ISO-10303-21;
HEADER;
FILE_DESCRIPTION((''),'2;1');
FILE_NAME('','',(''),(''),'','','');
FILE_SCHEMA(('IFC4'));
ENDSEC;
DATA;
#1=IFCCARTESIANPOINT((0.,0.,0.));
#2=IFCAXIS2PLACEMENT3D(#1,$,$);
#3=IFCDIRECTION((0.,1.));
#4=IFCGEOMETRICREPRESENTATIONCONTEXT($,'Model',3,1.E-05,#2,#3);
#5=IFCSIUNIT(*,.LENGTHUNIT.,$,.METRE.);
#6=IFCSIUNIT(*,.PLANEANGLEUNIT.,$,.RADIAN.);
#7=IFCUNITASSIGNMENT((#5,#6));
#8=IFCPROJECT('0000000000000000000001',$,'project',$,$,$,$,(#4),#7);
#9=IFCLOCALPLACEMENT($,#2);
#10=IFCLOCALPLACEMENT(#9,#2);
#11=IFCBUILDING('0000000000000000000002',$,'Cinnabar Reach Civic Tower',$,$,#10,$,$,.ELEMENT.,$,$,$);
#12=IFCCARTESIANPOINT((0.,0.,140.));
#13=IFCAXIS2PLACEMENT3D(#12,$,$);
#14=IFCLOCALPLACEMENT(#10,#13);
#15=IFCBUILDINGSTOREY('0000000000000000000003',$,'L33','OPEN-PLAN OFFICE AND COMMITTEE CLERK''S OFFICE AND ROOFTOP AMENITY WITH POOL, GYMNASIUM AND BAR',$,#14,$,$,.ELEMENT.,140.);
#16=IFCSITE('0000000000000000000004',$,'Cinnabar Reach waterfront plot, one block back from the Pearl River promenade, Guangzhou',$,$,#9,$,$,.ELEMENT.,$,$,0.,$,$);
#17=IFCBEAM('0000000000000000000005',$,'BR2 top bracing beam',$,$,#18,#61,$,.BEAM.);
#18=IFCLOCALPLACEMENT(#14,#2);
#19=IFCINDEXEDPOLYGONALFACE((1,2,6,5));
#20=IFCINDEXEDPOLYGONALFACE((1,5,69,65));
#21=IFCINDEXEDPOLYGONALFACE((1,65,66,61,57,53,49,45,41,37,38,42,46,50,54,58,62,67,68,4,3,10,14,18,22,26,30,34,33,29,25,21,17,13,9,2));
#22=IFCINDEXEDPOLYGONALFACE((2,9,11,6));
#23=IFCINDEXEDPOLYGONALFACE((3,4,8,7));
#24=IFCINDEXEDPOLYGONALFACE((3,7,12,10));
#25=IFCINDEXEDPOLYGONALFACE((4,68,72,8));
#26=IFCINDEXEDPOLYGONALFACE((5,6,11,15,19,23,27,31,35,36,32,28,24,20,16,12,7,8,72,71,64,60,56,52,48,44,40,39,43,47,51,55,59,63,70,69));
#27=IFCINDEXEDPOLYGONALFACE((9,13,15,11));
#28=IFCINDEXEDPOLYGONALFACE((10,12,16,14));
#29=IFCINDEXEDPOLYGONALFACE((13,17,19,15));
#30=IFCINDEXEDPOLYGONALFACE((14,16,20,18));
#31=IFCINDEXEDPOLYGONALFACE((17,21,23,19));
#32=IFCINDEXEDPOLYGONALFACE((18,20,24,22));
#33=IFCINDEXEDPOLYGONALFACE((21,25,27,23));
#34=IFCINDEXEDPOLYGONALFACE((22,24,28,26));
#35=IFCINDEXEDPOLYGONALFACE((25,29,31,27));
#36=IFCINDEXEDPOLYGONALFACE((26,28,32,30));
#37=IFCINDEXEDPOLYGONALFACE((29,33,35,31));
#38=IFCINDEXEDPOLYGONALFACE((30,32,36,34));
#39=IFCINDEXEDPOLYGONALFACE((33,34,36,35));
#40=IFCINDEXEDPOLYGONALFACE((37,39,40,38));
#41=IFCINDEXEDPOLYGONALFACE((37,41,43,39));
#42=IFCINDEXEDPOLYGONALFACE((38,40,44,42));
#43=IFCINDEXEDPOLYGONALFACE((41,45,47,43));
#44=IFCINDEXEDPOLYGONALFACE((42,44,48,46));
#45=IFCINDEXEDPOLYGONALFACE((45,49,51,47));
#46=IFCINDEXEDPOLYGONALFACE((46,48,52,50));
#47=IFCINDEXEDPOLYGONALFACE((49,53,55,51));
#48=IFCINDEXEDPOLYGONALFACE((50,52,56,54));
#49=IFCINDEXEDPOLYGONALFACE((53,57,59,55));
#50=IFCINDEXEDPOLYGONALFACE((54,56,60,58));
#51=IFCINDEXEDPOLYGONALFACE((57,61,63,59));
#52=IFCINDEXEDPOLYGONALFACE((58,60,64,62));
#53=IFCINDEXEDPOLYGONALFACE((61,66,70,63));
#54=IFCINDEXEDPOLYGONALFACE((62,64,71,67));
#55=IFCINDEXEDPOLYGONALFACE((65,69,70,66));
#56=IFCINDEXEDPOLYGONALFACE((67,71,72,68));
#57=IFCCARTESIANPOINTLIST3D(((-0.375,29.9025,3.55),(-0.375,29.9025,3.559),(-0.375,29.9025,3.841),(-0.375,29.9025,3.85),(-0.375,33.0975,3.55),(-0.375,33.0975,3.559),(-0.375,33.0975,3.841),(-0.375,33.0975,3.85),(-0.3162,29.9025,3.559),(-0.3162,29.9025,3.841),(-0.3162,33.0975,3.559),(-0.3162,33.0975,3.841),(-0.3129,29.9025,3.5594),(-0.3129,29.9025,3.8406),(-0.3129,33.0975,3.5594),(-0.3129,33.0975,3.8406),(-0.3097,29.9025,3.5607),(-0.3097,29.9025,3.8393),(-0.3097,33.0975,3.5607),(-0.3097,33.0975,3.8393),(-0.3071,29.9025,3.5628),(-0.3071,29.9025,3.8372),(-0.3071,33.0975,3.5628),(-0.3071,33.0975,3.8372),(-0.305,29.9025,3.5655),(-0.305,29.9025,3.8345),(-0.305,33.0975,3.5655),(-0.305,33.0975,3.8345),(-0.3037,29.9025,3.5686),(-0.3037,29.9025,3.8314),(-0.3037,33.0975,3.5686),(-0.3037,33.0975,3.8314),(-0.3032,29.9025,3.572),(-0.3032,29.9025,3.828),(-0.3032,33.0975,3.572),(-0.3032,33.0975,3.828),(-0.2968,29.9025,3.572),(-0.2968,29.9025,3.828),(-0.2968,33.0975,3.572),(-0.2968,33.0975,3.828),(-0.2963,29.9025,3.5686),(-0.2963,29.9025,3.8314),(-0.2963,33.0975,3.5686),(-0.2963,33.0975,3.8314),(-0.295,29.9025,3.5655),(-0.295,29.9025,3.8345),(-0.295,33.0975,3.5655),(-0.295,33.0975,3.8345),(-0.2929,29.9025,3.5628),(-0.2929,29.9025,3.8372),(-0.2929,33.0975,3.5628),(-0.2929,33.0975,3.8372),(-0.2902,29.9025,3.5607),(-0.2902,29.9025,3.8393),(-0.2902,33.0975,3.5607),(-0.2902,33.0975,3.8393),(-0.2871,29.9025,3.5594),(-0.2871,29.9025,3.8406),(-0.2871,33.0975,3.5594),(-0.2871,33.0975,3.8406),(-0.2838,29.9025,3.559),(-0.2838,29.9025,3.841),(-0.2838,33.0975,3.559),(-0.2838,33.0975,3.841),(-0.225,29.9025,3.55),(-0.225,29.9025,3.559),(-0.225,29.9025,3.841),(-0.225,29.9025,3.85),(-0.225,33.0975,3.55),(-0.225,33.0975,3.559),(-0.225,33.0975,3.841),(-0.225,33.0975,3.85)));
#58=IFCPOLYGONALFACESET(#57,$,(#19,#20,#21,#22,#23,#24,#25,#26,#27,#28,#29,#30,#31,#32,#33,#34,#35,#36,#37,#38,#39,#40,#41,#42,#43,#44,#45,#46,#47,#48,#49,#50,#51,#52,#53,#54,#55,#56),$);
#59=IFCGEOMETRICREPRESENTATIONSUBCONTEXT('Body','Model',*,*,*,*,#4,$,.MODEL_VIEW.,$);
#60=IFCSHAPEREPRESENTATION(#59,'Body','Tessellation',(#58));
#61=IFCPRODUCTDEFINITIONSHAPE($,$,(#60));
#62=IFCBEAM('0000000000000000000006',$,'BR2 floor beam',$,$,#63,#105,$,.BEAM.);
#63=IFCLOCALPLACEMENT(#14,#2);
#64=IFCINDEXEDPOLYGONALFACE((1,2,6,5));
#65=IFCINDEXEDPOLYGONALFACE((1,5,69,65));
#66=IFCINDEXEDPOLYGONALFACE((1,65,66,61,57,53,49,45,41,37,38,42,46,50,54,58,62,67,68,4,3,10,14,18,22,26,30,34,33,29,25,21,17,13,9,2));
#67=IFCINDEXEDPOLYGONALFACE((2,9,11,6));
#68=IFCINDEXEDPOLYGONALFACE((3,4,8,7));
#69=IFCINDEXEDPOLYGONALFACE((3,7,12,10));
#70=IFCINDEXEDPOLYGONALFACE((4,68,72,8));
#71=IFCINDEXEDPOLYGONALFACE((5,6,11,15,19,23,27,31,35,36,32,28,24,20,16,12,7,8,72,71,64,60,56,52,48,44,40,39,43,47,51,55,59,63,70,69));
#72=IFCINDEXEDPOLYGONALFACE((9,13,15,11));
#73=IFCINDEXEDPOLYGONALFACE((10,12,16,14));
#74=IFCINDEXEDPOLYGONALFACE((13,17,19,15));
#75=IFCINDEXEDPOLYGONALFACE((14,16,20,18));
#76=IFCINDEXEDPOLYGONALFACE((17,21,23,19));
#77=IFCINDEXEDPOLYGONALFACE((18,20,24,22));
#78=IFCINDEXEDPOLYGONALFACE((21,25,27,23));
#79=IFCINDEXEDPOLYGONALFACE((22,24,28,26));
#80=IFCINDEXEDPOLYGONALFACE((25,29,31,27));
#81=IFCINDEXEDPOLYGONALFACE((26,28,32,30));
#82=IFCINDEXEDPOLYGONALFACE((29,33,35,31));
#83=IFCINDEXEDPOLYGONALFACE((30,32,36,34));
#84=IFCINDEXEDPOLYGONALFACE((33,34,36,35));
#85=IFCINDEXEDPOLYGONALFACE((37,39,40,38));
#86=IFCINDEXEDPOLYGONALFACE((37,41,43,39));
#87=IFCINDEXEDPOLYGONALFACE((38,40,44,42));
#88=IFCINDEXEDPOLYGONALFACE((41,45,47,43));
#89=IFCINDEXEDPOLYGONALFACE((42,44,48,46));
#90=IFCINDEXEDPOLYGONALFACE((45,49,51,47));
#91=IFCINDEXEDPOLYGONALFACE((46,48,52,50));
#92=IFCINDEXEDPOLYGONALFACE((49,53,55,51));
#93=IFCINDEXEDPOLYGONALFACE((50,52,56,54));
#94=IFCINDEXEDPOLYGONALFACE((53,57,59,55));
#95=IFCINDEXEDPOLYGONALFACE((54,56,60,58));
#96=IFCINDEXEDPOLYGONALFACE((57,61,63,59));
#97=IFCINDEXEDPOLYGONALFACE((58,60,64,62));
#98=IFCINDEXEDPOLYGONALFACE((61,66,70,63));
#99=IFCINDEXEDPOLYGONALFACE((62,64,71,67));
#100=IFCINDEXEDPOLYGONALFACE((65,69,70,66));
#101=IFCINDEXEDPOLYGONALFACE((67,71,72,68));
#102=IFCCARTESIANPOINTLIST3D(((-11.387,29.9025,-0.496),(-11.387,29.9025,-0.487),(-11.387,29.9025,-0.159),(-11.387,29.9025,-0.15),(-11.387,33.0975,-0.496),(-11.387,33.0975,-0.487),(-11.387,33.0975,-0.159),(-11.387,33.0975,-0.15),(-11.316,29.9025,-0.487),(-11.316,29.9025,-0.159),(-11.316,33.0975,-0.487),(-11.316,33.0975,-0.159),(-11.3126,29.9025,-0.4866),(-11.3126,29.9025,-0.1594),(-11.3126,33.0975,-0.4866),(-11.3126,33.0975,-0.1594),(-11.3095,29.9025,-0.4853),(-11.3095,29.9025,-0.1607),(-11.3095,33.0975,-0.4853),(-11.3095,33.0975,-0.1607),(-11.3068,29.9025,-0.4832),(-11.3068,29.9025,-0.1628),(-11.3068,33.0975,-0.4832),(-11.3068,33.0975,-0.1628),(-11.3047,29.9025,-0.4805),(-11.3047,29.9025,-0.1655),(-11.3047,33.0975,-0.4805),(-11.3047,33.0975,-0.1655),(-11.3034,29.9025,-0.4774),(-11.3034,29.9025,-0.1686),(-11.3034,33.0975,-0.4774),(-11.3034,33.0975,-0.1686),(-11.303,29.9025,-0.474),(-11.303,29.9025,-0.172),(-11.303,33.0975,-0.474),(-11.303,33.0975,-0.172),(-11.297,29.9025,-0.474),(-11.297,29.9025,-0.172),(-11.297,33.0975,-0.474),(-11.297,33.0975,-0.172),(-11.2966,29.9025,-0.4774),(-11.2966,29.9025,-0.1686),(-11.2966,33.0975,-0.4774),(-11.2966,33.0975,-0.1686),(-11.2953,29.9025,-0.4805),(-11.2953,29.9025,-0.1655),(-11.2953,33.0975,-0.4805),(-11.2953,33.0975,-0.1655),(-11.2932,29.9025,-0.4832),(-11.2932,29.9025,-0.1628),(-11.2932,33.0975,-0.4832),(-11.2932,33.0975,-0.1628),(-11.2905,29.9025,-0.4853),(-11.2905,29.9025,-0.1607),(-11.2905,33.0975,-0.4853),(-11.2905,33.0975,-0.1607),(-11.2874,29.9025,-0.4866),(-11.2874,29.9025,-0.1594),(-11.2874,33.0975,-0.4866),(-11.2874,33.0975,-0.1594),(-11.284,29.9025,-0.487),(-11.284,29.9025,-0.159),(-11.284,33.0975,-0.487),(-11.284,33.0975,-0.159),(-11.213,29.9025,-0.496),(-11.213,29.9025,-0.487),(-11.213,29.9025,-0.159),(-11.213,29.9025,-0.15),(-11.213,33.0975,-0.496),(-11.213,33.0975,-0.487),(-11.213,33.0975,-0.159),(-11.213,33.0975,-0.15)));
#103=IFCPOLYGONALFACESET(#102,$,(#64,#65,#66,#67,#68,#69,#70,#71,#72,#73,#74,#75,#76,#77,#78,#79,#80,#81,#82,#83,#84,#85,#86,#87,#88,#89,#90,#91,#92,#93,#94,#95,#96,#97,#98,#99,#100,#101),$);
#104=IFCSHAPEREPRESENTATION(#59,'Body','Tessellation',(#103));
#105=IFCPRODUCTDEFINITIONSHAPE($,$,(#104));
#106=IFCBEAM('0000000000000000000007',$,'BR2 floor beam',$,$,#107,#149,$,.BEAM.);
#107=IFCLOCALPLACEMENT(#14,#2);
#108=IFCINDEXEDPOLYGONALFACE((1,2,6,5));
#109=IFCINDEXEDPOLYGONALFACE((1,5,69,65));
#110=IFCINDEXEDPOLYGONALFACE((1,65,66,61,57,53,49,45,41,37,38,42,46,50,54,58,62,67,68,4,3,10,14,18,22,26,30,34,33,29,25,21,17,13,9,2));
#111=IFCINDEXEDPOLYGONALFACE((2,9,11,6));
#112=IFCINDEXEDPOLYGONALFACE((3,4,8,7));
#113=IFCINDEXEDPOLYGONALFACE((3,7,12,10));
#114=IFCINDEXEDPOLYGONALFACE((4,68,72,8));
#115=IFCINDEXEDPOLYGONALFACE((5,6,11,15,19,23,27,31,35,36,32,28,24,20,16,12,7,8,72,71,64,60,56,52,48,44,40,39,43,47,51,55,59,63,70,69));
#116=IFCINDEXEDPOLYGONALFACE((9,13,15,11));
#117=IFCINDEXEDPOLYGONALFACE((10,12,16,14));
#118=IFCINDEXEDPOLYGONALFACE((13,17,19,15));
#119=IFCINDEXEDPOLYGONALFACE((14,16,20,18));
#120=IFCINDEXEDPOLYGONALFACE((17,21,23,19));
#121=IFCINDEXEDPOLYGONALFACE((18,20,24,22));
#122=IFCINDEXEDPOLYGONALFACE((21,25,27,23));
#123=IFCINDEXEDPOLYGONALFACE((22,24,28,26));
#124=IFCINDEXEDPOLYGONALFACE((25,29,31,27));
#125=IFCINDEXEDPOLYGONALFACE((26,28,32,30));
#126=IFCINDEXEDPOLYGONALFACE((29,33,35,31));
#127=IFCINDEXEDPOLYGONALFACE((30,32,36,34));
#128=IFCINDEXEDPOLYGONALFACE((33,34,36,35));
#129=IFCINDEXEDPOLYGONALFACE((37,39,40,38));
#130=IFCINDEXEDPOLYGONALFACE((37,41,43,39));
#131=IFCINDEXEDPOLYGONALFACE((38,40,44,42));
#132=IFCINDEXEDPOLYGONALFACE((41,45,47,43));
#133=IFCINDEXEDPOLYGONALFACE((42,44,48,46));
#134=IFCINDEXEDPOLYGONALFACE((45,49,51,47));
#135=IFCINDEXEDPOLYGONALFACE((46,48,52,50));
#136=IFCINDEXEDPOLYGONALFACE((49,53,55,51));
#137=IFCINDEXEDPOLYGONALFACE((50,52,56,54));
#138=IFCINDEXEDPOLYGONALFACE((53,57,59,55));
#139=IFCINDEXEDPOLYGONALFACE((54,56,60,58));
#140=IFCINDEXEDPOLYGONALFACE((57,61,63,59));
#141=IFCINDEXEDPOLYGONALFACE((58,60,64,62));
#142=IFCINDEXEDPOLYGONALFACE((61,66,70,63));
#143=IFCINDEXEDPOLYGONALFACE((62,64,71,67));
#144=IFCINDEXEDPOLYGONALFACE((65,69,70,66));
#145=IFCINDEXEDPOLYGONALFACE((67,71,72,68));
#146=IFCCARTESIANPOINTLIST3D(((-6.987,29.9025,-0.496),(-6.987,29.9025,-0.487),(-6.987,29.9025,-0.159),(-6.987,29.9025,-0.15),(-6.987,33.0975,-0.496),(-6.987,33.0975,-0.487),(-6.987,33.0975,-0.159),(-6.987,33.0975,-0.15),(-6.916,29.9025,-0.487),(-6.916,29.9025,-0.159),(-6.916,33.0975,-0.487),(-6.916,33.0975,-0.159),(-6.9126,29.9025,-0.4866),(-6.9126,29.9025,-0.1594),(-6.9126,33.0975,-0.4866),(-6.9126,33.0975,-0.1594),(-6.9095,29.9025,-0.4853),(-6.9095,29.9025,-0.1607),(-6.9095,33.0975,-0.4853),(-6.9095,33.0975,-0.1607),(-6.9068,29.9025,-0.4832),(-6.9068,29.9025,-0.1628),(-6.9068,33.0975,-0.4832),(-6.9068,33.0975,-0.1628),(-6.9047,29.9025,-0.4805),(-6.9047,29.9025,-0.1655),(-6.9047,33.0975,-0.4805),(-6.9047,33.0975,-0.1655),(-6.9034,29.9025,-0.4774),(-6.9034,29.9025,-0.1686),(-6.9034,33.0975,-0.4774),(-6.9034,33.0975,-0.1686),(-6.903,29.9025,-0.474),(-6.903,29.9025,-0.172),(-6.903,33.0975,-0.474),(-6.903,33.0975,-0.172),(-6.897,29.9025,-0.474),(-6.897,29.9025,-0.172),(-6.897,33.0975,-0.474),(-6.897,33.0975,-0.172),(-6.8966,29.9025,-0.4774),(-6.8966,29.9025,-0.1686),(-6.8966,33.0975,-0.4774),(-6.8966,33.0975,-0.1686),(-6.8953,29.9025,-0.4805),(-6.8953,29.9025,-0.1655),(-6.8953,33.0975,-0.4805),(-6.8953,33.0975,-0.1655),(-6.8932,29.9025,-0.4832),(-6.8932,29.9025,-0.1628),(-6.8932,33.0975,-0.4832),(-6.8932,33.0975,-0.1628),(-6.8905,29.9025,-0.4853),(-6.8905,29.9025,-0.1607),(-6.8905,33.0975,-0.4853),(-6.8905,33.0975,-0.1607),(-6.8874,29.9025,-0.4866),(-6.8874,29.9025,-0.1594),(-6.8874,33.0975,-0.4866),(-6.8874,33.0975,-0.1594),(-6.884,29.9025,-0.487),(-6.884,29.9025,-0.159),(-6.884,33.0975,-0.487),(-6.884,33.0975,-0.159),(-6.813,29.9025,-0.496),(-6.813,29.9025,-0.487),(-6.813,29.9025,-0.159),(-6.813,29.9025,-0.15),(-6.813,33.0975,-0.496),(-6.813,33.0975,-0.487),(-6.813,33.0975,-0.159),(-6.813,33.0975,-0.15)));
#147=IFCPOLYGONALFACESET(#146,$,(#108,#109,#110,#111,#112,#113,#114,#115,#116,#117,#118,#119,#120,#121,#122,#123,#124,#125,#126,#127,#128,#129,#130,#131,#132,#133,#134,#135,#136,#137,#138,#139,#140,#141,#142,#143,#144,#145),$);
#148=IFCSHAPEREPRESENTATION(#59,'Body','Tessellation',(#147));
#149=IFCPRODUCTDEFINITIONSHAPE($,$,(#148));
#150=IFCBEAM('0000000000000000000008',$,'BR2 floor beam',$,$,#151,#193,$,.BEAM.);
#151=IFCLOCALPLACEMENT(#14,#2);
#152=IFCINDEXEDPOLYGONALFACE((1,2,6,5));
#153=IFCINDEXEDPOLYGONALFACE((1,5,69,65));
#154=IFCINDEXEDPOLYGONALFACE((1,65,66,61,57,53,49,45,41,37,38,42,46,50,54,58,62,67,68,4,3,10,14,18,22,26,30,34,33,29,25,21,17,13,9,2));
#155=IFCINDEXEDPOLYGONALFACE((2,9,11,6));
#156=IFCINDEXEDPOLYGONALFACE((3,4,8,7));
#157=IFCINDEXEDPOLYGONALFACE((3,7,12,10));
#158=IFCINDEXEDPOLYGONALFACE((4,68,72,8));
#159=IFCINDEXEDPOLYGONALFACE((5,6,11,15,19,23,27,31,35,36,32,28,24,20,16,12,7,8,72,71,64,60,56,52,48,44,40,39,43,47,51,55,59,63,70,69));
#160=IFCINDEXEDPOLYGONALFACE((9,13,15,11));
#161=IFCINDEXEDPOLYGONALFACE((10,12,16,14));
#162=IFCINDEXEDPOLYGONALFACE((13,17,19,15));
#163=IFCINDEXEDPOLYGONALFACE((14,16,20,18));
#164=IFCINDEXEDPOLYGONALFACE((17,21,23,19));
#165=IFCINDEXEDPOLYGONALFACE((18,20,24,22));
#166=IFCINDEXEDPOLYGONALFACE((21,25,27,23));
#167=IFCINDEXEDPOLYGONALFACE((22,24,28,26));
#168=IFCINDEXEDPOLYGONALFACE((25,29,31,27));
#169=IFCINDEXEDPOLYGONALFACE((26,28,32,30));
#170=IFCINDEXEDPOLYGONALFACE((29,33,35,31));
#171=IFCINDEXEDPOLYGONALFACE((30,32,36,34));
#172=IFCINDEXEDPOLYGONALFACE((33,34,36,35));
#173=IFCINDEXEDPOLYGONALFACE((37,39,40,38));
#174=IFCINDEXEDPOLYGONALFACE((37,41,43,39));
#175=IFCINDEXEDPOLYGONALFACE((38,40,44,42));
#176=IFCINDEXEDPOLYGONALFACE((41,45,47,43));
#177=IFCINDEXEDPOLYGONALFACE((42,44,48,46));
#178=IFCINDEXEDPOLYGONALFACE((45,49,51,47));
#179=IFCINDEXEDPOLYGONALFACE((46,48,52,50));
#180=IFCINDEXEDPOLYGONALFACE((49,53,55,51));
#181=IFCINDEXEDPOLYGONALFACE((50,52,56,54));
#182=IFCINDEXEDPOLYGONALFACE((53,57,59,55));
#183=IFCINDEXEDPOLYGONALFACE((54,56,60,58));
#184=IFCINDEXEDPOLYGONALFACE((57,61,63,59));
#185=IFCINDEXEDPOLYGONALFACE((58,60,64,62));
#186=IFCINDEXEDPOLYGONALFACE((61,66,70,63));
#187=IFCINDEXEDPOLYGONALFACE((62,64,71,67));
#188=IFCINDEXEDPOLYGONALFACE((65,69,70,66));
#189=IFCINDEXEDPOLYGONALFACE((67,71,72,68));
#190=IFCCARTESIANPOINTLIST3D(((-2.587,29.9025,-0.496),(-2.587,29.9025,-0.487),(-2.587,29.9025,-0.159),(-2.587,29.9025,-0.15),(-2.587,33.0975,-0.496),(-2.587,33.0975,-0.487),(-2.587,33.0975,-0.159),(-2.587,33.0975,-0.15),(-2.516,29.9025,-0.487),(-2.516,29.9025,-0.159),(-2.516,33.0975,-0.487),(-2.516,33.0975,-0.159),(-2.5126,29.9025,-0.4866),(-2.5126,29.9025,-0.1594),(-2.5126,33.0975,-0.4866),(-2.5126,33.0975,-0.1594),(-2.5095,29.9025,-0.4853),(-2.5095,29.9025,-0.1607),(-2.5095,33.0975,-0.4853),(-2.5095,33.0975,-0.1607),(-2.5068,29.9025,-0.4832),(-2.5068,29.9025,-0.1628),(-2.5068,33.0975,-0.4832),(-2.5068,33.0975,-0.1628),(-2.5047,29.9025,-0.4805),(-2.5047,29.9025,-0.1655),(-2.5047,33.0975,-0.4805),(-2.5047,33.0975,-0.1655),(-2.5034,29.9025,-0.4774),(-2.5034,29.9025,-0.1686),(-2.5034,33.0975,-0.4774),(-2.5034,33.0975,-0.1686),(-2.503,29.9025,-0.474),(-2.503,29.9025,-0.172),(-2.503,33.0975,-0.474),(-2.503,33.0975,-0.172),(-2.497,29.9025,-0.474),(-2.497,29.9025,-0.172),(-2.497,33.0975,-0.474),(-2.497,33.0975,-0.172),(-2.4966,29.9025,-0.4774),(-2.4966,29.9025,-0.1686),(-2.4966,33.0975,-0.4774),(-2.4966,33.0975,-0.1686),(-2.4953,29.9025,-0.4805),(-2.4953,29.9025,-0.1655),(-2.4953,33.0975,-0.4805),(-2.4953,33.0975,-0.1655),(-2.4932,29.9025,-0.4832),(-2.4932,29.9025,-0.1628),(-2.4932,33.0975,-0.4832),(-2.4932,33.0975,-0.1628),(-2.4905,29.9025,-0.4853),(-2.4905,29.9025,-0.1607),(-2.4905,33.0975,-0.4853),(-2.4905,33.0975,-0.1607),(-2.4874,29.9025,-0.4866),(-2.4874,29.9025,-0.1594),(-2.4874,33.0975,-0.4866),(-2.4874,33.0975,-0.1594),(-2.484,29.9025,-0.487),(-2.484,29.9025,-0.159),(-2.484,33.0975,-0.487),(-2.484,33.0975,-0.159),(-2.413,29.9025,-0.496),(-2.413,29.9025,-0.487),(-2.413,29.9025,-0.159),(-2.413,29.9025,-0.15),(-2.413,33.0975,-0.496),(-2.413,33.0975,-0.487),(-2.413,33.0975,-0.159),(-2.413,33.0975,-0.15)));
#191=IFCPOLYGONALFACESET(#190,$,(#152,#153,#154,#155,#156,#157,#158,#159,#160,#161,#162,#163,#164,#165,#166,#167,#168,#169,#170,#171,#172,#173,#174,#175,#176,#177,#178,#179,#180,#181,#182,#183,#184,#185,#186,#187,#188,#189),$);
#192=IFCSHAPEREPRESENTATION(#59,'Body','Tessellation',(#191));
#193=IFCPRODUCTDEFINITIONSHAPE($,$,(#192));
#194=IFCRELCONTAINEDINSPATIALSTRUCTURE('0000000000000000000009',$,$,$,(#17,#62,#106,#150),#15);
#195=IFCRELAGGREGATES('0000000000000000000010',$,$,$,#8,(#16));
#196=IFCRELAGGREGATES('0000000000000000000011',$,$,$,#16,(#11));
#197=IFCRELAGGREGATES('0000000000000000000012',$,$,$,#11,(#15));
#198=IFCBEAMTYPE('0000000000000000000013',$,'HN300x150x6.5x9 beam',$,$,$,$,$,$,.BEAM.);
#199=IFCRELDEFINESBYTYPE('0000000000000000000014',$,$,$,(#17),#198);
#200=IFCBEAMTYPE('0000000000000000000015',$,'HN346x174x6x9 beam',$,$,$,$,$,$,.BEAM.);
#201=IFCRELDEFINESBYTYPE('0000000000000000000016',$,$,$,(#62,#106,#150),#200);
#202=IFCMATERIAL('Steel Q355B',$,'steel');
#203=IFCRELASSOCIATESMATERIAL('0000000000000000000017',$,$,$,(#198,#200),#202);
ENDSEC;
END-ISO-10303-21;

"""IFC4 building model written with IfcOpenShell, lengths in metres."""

from ifc_helpers import new_model, si_unit, direction, frame, origin, origin_2d, place, context, subcontext, project, spatial, i_section, extrude, material, material_profile, profile_set, type_object, element, save


model = new_model("IFC4")

# Units and contexts
model_context = context("Model", 3, precision=1e-05, world=origin(), true_north=direction((0.0, 1.0)))
body_context = subcontext(model_context, "Body", "Model", "MODEL_VIEW")
ifc_project = project(units=[si_unit("LENGTHUNIT", "METRE"), si_unit("PLANEANGLEUNIT", "RADIAN")], contexts=[model_context])

# Site, building, storey
site_placement = place(None, origin())
site = spatial("IfcSite", under=ifc_project, at=site_placement, Name="Cinnabar Reach waterfront plot, one block back from the Pearl River promenade, Guangzhou", CompositionType="ELEMENT", RefElevation=0.0)
building_placement = place(site_placement, origin())
building = spatial("IfcBuilding", under=site, at=building_placement, Name="Cinnabar Reach Civic Tower", CompositionType="ELEMENT")
storey_placement = place(building_placement, frame((0.0, 0.0, 140.0)))
storey = spatial("IfcBuildingStorey", under=building, at=storey_placement, Name="L33", Description="OPEN-PLAN OFFICE AND COMMITTEE CLERK'S OFFICE AND ROOFTOP AMENITY WITH POOL, GYMNASIUM AND BAR", CompositionType="ELEMENT", Elevation=140.0)

# Shared definitions
ifc_material_1 = material(Name="Steel Q355B", Category="steel")

# Beams
ifc_material_profile_1 = material_profile(ifc_material_1, i_section(OverallWidth=0.15, OverallDepth=0.3, WebThickness=0.0065, FlangeThickness=0.009, FilletRadius=0.013, at=origin_2d()), Name="HN300x150x6.5x9")
ifc_profile_set_1 = profile_set([ifc_material_profile_1], Name="Steel Q355B")
beam_type_1 = type_object("IfcBeamType", Name="HN300x150x6.5x9 beam", PredefinedType="BEAM", material=ifc_profile_set_1)
for number, where, z_axis, x_axis, name in (
    (1, (-0.3, 29.9025, 3.7), (0.0, 1.0, 0.0), (-1.0, 0.0, 0.0), "BR2 top bracing beam"),
):
    element("IfcBeam", number, at=place(storey_placement, frame(where, z_axis=z_axis, x_axis=x_axis)), inside=storey, type_object=beam_type_1, Name=name, PredefinedType="BEAM", context=body_context, shape_type="SweptSolid", body=[
        extrude(i_section(OverallWidth=0.15, OverallDepth=0.3, WebThickness=0.0065, FlangeThickness=0.009, FilletRadius=0.013, at=origin_2d()), origin(), (0.0, 0.0, 1.0), 3.195),
    ])
ifc_material_profile_2 = material_profile(ifc_material_1, i_section(OverallWidth=0.174, OverallDepth=0.346, WebThickness=0.006, FlangeThickness=0.009, FilletRadius=0.013, at=origin_2d()), Name="HN346x174x6x9")
ifc_profile_set_2 = profile_set([ifc_material_profile_2], Name="Steel Q355B")
beam_type_2 = type_object("IfcBeamType", Name="HN346x174x6x9 beam", PredefinedType="BEAM", material=ifc_profile_set_2)
for number, where, z_axis, x_axis, name in (
    (2, (-11.3, 29.9025, -0.323), (0.0, 1.0, 0.0), (-1.0, 0.0, 0.0), "BR2 floor beam"),
    (3, (-6.9, 29.9025, -0.323), (0.0, 1.0, 0.0), (-1.0, 0.0, 0.0), "BR2 floor beam"),
    (4, (-2.5, 29.9025, -0.323), (0.0, 1.0, 0.0), (-1.0, 0.0, 0.0), "BR2 floor beam"),
):
    element("IfcBeam", number, at=place(storey_placement, frame(where, z_axis=z_axis, x_axis=x_axis)), inside=storey, type_object=beam_type_2, Name=name, PredefinedType="BEAM", context=body_context, shape_type="SweptSolid", body=[
        extrude(i_section(OverallWidth=0.174, OverallDepth=0.346, WebThickness=0.006, FlangeThickness=0.009, FilletRadius=0.013, at=origin_2d()), origin(), (0.0, 0.0, 1.0), 3.195),
    ])

save(model, "model.ifc")
